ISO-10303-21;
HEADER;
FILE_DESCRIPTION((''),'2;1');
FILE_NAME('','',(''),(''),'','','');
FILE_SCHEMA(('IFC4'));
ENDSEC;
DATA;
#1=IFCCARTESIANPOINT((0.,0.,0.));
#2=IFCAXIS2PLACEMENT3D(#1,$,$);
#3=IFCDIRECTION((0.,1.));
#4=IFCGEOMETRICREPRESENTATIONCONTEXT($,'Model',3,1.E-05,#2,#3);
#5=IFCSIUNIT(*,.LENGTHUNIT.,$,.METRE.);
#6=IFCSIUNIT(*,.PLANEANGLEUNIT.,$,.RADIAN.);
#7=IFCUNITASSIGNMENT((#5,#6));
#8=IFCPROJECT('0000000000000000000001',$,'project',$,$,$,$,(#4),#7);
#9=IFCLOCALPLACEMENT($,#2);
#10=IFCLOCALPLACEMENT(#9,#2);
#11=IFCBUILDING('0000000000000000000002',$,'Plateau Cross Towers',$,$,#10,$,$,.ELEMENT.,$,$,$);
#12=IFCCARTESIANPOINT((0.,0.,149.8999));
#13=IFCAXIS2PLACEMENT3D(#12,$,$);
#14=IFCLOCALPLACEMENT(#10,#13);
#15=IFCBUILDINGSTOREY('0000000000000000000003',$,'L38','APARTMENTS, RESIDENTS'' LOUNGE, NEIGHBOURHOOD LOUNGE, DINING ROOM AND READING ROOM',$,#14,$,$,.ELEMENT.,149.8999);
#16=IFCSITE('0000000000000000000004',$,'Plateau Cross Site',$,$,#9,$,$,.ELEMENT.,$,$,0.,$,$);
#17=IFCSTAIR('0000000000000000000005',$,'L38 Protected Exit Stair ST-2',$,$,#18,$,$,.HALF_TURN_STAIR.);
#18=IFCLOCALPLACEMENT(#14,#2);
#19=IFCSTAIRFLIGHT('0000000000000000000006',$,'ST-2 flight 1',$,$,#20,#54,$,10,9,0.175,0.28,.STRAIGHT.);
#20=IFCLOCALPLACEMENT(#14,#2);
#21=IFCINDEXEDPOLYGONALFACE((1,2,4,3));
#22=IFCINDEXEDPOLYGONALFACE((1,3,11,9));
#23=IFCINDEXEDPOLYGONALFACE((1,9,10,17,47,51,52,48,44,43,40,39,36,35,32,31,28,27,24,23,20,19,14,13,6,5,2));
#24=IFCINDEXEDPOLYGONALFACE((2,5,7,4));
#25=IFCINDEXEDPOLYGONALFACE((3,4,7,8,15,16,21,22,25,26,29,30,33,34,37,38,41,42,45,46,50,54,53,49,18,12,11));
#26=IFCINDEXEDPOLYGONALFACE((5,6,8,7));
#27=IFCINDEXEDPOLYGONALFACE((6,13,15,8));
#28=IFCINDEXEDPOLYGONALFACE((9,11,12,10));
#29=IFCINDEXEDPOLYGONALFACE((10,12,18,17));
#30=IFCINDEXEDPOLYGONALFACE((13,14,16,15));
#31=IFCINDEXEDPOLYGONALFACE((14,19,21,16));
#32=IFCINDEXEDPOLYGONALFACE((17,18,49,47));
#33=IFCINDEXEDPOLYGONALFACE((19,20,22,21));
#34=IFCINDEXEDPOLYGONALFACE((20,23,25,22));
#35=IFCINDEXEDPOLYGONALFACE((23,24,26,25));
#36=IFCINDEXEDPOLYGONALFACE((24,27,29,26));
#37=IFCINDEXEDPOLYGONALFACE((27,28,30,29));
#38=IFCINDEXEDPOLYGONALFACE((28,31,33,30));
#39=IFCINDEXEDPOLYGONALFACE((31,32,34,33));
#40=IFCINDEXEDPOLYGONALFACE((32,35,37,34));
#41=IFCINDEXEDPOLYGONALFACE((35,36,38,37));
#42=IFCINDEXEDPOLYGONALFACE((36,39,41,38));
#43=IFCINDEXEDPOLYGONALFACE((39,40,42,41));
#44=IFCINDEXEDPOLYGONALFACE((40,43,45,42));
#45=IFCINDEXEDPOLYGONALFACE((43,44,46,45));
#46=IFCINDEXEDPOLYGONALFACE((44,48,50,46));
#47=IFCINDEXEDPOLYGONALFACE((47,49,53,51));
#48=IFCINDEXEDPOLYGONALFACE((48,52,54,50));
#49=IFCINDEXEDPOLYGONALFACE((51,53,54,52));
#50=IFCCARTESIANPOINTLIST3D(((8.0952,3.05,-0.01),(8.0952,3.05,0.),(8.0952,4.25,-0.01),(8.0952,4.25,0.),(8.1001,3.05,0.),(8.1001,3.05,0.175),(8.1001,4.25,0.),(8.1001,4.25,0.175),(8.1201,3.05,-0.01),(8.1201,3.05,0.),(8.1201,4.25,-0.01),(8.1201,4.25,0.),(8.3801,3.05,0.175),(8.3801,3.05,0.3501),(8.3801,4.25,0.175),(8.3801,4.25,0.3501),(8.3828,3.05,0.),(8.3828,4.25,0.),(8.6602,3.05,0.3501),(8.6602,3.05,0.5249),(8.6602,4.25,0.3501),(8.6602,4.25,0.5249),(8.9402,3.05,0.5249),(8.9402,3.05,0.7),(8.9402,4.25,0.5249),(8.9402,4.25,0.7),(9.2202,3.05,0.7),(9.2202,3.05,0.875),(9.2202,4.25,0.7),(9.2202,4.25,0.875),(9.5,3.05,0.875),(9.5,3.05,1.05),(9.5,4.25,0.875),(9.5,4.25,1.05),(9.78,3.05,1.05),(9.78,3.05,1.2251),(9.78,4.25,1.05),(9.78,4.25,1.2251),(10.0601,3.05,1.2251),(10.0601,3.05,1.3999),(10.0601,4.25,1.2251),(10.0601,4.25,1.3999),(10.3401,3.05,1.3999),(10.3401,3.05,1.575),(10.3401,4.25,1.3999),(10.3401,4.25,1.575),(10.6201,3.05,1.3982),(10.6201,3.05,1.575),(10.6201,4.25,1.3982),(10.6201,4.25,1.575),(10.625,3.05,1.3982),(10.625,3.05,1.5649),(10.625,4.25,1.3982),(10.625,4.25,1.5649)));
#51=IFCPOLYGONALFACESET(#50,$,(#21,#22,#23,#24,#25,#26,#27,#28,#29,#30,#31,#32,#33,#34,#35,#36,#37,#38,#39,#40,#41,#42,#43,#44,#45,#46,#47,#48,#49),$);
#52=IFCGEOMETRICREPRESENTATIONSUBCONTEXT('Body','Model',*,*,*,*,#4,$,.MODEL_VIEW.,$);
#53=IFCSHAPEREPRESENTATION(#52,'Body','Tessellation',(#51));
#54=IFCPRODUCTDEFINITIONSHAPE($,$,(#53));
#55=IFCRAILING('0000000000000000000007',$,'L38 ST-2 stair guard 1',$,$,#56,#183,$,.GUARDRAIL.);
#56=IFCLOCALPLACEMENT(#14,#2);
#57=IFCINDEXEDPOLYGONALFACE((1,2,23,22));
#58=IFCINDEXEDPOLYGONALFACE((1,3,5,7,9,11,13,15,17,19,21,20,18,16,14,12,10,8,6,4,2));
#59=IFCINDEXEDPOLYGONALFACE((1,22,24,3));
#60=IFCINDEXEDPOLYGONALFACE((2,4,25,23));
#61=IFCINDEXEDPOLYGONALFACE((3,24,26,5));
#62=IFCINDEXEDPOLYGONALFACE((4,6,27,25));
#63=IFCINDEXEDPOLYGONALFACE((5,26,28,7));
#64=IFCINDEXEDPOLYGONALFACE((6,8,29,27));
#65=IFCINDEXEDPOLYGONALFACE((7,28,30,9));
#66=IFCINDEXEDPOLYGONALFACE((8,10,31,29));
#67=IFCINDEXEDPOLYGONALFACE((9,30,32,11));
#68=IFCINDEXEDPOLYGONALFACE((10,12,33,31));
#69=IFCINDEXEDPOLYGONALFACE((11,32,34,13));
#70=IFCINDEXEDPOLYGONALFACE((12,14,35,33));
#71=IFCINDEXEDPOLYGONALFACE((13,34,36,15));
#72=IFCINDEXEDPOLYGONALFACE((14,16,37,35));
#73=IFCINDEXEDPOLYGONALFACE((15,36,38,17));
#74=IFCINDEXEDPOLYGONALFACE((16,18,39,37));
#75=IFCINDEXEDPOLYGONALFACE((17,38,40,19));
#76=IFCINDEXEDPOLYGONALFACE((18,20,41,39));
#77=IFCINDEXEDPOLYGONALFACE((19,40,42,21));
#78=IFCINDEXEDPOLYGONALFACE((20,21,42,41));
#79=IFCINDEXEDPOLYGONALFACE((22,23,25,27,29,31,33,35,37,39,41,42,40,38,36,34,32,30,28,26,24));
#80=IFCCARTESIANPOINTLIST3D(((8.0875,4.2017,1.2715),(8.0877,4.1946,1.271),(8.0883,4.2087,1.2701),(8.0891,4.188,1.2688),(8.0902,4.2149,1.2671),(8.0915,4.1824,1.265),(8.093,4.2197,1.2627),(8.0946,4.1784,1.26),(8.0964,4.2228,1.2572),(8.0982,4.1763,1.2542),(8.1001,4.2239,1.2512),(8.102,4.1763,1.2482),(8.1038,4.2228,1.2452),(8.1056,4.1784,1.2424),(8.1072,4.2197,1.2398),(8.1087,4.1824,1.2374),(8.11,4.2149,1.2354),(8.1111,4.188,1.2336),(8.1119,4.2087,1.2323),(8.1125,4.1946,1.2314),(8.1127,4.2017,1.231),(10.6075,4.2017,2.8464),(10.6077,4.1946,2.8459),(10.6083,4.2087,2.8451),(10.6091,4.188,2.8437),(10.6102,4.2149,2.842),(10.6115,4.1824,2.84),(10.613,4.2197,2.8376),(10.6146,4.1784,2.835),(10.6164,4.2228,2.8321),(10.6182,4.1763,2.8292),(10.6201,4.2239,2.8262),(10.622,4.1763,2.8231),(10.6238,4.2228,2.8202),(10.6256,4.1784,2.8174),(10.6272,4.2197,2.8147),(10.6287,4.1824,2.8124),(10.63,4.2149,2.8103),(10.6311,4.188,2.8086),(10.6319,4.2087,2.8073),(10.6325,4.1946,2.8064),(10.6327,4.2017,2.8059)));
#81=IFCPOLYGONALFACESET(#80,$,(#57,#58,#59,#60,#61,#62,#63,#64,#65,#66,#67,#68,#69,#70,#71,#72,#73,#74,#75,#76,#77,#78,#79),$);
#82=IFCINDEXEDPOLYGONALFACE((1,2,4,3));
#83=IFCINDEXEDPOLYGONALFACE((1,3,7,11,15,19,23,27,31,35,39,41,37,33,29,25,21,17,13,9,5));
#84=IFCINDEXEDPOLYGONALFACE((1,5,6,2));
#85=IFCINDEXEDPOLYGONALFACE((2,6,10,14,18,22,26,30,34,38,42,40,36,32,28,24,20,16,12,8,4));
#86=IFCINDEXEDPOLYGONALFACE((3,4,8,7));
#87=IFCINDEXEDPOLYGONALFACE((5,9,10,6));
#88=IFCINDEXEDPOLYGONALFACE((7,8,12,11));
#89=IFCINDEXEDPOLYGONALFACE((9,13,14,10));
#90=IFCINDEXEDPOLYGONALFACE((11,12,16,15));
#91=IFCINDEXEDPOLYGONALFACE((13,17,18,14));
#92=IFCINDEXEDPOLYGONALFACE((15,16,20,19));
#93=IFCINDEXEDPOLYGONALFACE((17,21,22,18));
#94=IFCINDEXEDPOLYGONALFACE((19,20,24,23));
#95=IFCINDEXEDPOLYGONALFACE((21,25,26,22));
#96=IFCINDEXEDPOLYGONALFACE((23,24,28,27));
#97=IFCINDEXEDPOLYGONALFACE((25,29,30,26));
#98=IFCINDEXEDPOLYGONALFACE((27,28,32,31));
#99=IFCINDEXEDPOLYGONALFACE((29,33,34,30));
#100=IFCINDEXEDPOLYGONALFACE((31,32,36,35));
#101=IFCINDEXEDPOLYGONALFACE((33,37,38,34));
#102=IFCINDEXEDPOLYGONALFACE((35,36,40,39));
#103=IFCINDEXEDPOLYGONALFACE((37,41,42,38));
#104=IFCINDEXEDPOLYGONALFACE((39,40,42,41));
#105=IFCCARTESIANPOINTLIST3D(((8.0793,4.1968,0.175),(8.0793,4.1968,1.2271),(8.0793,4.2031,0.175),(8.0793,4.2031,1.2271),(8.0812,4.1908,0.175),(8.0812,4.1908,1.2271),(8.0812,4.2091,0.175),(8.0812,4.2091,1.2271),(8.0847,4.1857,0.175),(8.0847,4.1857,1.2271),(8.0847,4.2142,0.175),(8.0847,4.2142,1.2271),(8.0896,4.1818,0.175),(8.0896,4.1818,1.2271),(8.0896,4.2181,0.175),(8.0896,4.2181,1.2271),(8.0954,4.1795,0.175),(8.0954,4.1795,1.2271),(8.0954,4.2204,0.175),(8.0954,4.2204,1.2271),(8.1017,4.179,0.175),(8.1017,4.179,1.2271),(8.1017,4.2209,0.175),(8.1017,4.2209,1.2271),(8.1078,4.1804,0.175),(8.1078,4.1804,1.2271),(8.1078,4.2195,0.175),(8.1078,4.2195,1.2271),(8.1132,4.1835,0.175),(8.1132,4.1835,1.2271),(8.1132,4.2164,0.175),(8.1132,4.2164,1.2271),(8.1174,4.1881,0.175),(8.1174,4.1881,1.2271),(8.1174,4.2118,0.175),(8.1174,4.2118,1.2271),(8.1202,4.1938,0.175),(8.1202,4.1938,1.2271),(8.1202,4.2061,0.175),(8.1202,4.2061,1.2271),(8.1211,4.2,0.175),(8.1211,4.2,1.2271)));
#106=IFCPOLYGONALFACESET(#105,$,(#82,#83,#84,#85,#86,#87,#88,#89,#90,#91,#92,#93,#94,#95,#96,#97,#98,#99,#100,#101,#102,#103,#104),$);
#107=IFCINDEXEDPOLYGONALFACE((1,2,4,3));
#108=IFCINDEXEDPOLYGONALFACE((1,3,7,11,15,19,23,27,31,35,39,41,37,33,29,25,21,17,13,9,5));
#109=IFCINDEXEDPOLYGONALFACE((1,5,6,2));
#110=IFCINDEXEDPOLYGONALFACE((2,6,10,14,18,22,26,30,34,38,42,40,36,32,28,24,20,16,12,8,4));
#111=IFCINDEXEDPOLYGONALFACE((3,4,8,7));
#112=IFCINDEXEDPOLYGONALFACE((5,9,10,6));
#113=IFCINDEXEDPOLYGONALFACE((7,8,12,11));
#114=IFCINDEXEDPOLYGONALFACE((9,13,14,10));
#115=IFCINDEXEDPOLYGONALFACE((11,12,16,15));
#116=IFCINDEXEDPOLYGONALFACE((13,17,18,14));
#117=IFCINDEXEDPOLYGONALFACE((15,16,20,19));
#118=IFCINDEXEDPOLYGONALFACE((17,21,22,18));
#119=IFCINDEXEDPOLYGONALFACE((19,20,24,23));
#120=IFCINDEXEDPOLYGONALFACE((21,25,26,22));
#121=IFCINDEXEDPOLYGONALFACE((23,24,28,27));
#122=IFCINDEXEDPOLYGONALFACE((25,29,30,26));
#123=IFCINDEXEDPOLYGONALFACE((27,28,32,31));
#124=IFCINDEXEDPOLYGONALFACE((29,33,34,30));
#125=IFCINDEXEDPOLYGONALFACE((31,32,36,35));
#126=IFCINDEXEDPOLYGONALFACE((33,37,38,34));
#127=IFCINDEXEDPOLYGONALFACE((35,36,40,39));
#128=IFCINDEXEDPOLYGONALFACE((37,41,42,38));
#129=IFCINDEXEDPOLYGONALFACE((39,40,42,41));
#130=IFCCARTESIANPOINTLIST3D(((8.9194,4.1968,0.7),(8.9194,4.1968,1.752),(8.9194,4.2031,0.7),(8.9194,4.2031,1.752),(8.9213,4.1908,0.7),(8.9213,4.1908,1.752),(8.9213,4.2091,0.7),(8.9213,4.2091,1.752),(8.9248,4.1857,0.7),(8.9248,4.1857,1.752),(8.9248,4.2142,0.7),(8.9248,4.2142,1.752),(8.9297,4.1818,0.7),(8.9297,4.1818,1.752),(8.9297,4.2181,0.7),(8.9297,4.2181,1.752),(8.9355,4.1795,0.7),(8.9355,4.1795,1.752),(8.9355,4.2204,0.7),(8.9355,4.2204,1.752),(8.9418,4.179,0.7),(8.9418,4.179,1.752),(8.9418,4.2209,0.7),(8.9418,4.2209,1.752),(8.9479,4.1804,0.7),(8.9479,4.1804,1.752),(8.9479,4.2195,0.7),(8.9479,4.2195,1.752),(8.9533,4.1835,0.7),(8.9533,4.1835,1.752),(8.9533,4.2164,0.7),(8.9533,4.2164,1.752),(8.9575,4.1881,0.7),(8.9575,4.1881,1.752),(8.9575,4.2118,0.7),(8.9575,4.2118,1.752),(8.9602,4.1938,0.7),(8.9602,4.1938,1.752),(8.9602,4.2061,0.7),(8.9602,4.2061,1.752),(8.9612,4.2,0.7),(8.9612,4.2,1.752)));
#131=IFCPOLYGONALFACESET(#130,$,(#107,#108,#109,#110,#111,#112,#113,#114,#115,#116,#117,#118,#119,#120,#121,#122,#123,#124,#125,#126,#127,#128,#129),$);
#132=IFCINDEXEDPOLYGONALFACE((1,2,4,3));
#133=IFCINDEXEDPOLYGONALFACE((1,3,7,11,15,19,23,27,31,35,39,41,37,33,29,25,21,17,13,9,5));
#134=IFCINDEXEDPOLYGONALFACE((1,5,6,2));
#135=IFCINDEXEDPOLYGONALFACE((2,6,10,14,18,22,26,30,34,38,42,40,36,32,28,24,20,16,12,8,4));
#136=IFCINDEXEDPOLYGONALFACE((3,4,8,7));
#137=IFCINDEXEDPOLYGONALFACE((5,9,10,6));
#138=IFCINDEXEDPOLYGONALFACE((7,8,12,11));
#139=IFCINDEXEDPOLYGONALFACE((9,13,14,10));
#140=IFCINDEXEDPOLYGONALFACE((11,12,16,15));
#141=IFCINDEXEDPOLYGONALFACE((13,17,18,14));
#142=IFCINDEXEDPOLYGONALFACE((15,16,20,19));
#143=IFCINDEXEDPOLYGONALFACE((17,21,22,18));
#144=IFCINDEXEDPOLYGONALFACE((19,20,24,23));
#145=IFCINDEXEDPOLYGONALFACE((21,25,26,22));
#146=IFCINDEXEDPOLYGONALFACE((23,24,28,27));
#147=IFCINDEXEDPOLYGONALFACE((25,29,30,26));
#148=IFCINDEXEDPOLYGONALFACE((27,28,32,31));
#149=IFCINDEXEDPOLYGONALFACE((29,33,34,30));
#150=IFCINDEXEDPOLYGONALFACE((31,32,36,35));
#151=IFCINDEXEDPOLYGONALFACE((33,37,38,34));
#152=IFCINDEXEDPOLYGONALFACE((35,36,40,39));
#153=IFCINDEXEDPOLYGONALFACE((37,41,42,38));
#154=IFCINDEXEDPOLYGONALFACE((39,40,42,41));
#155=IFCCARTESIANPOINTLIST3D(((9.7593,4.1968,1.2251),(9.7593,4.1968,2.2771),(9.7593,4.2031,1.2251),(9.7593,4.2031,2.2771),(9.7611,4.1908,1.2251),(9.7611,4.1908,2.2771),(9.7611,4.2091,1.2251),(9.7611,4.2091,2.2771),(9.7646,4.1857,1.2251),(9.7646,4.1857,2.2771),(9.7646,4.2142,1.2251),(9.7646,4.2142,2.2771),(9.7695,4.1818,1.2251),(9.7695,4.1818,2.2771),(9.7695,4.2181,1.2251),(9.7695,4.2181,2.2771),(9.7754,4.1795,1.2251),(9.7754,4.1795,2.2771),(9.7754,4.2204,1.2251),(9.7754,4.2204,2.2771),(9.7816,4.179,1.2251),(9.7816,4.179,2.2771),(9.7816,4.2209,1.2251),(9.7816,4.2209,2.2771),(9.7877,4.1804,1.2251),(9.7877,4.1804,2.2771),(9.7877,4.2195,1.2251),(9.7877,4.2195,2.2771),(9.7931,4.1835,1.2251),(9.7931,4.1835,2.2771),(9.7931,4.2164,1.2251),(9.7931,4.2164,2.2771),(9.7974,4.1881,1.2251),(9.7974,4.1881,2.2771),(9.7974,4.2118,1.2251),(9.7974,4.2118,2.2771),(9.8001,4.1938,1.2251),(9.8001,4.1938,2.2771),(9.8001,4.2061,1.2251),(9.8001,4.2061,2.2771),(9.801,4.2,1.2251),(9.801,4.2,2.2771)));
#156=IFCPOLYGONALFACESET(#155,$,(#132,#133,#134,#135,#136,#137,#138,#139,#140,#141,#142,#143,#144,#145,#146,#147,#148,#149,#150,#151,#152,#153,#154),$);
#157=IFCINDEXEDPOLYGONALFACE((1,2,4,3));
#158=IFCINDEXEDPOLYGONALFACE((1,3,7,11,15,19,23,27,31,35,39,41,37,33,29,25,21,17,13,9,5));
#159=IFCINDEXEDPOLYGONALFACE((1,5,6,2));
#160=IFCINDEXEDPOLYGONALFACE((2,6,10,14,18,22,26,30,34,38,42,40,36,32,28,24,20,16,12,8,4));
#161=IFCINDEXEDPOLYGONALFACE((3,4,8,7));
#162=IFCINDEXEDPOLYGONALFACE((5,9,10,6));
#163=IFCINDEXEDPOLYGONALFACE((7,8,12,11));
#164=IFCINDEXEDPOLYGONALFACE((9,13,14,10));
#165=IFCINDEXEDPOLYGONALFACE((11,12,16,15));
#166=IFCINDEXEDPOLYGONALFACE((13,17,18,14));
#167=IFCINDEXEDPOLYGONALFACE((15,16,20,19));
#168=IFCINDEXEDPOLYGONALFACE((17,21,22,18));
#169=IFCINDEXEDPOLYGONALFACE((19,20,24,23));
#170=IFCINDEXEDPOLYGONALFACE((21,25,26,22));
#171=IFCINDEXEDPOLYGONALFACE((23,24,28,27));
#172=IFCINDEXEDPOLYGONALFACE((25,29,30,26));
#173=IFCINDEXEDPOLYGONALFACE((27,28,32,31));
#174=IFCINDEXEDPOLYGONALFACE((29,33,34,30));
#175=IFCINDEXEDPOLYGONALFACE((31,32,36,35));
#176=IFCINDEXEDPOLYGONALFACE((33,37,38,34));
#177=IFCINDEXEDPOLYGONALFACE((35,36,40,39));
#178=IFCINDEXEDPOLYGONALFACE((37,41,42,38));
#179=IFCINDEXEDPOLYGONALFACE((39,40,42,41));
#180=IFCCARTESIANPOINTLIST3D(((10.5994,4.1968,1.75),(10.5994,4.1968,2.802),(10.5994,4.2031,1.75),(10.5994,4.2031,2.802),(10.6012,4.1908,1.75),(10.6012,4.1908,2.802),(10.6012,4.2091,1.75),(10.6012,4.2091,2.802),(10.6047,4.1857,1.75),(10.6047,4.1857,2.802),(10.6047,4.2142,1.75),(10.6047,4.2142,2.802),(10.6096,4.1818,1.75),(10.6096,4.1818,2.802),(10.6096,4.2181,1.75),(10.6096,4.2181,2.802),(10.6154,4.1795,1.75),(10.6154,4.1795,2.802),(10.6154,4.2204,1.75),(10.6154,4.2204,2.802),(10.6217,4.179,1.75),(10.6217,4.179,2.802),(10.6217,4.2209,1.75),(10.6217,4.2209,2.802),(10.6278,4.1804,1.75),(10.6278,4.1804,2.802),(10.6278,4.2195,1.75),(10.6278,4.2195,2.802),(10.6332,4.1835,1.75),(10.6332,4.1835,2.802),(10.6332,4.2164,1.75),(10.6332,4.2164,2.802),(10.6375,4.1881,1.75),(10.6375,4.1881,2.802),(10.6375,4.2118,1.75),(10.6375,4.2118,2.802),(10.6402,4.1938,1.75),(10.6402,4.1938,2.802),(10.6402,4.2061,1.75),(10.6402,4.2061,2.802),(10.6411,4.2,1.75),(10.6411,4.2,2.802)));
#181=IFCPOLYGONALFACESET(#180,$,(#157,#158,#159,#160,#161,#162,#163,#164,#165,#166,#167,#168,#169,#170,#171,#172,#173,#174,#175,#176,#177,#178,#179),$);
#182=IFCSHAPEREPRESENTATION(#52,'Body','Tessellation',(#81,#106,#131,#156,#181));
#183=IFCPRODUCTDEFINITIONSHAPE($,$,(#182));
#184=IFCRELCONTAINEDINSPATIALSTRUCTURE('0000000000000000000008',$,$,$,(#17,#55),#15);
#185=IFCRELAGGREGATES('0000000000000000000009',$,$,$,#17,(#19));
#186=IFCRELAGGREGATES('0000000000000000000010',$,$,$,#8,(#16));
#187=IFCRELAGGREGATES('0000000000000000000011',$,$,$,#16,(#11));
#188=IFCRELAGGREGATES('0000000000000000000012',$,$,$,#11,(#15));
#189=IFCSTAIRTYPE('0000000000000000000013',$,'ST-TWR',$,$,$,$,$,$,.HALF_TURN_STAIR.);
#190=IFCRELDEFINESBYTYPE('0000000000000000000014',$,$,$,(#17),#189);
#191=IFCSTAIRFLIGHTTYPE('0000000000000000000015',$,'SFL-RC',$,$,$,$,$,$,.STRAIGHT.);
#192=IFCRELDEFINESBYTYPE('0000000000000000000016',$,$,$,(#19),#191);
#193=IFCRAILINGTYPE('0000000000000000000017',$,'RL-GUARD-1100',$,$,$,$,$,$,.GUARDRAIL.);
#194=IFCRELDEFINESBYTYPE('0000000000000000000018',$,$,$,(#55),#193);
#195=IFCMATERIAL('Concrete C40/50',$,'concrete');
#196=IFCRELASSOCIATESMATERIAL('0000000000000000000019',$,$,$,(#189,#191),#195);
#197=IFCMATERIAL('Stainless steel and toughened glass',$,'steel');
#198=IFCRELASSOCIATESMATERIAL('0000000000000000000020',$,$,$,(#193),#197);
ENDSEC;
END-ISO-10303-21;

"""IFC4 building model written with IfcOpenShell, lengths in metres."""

from ifc_helpers import new_model, si_unit, direction, frame, origin, origin_2d, place, context, subcontext, project, spatial, polyline, circle, outline, extrude, material, type_object, element, aggregate, save


model = new_model("IFC4")

# Units and contexts
model_context = context("Model", 3, precision=1e-05, world=origin(), true_north=direction((0.0, 1.0)))
body_context = subcontext(model_context, "Body", "Model", "MODEL_VIEW")
ifc_project = project(units=[si_unit("LENGTHUNIT", "METRE"), si_unit("PLANEANGLEUNIT", "RADIAN")], contexts=[model_context])

# Site, building, storey
site_placement = place(None, origin())
site = spatial("IfcSite", under=ifc_project, at=site_placement, Name="Plateau Cross Site", CompositionType="ELEMENT", RefElevation=0.0)
building_placement = place(site_placement, origin())
building = spatial("IfcBuilding", under=site, at=building_placement, Name="Plateau Cross Towers", CompositionType="ELEMENT")
storey_placement = place(building_placement, frame((0.0, 0.0, 149.8999)))
storey = spatial("IfcBuildingStorey", under=building, at=storey_placement, Name="L38", Description="APARTMENTS, RESIDENTS' LOUNGE, NEIGHBOURHOOD LOUNGE, DINING ROOM AND READING ROOM", CompositionType="ELEMENT", Elevation=149.8999)

# Shared definitions
ifc_material_1 = material(Name="Concrete C40/50", Category="concrete")

# Stair
stair_type = type_object("IfcStairType", Name="ST-TWR", PredefinedType="HALF_TURN_STAIR", material=ifc_material_1)
stair_1_placement = place(storey_placement, origin())
stair_1 = element("IfcStair", 1, at=stair_1_placement, inside=storey, type_object=stair_type, Name="L38 Protected Exit Stair ST-2", PredefinedType="HALF_TURN_STAIR")

# Stair flight
stair_flight_type = type_object("IfcStairFlightType", Name="SFL-RC", PredefinedType="STRAIGHT", material=ifc_material_1)
stair_flight_placement = place(storey_placement, frame((8.1001, 3.6499, 0.0), z_axis=(0.0, 0.0, 1.0), x_axis=(1.0, 0.0, 0.0)))
stair_flight = element("IfcStairFlight", 2, at=stair_flight_placement, type_object=stair_flight_type, Name="ST-2 flight 1", NumberOfRisers=10, NumberOfTreads=9, PredefinedType="STRAIGHT", RiserHeight=0.175, TreadLength=0.28, context=body_context, shape_type="SweptSolid", body=[
    extrude(outline(polyline([(-0.0049, -0.01), (-0.0049, 0.0), (0.0, 0.0), (0.0, 0.175), (0.28, 0.175), (0.28, 0.3501), (0.5601, 0.3501), (0.5601, 0.5249), (0.8401, 0.5249), (0.8401, 0.7), (1.1201, 0.7), (1.1201, 0.875), (1.3999, 0.875), (1.3999, 1.05), (1.6799, 1.05), (1.6799, 1.2251), (1.96, 1.2251), (1.96, 1.3999), (2.24, 1.3999), (2.24, 1.575), (2.52, 1.575), (2.5249, 1.5649), (2.5249, 1.3982), (2.52, 1.3982), (0.2827, 0.0), (0.02, 0.0), (0.02, -0.01), (-0.0049, -0.01)])), frame((0.0, 0.6001, 0.0), z_axis=(0.0, -1.0, 0.0), x_axis=(1.0, 0.0, 0.0)), (0.0, 0.0, 1.0), 1.2),
])
aggregate(stair_1, [stair_flight])

# Railing
ifc_material_2 = material(Name="Stainless steel and toughened glass", Category="steel")
railing_type_1 = type_object("IfcRailingType", Name="RL-GUARD-1100", PredefinedType="GUARDRAIL", material=ifc_material_2)
railing_1_placement = place(storey_placement, frame((8.1001, 4.2, 0.175)))
element("IfcRailing", 3, at=railing_1_placement, inside=storey, type_object=railing_type_1, Name="L38 ST-2 stair guard 1", PredefinedType="GUARDRAIL", context=body_context, shape_type="SweptSolid", body=[
    extrude(circle(Radius=0.0239, at=origin_2d()), frame((0.0, 0.0, 1.0762), z_axis=(0.848008, 0.0, 0.529984), x_axis=(0.0, 1.0, 0.0)), (0.0, 0.0, 1.0), 2.9717),
    extrude(circle(Radius=0.021, at=origin_2d()), origin(), (0.0, 0.0, 1.0), 1.052),
    extrude(circle(Radius=0.021, at=origin_2d()), frame((0.8401, 0.0, 0.5249)), (0.0, 0.0, 1.0), 1.052),
    extrude(circle(Radius=0.021, at=origin_2d()), frame((1.6799, 0.0, 1.05)), (0.0, 0.0, 1.0), 1.052),
    extrude(circle(Radius=0.021, at=origin_2d()), frame((2.52, 0.0, 1.575)), (0.0, 0.0, 1.0), 1.052),
])

save(model, "model.ifc")
